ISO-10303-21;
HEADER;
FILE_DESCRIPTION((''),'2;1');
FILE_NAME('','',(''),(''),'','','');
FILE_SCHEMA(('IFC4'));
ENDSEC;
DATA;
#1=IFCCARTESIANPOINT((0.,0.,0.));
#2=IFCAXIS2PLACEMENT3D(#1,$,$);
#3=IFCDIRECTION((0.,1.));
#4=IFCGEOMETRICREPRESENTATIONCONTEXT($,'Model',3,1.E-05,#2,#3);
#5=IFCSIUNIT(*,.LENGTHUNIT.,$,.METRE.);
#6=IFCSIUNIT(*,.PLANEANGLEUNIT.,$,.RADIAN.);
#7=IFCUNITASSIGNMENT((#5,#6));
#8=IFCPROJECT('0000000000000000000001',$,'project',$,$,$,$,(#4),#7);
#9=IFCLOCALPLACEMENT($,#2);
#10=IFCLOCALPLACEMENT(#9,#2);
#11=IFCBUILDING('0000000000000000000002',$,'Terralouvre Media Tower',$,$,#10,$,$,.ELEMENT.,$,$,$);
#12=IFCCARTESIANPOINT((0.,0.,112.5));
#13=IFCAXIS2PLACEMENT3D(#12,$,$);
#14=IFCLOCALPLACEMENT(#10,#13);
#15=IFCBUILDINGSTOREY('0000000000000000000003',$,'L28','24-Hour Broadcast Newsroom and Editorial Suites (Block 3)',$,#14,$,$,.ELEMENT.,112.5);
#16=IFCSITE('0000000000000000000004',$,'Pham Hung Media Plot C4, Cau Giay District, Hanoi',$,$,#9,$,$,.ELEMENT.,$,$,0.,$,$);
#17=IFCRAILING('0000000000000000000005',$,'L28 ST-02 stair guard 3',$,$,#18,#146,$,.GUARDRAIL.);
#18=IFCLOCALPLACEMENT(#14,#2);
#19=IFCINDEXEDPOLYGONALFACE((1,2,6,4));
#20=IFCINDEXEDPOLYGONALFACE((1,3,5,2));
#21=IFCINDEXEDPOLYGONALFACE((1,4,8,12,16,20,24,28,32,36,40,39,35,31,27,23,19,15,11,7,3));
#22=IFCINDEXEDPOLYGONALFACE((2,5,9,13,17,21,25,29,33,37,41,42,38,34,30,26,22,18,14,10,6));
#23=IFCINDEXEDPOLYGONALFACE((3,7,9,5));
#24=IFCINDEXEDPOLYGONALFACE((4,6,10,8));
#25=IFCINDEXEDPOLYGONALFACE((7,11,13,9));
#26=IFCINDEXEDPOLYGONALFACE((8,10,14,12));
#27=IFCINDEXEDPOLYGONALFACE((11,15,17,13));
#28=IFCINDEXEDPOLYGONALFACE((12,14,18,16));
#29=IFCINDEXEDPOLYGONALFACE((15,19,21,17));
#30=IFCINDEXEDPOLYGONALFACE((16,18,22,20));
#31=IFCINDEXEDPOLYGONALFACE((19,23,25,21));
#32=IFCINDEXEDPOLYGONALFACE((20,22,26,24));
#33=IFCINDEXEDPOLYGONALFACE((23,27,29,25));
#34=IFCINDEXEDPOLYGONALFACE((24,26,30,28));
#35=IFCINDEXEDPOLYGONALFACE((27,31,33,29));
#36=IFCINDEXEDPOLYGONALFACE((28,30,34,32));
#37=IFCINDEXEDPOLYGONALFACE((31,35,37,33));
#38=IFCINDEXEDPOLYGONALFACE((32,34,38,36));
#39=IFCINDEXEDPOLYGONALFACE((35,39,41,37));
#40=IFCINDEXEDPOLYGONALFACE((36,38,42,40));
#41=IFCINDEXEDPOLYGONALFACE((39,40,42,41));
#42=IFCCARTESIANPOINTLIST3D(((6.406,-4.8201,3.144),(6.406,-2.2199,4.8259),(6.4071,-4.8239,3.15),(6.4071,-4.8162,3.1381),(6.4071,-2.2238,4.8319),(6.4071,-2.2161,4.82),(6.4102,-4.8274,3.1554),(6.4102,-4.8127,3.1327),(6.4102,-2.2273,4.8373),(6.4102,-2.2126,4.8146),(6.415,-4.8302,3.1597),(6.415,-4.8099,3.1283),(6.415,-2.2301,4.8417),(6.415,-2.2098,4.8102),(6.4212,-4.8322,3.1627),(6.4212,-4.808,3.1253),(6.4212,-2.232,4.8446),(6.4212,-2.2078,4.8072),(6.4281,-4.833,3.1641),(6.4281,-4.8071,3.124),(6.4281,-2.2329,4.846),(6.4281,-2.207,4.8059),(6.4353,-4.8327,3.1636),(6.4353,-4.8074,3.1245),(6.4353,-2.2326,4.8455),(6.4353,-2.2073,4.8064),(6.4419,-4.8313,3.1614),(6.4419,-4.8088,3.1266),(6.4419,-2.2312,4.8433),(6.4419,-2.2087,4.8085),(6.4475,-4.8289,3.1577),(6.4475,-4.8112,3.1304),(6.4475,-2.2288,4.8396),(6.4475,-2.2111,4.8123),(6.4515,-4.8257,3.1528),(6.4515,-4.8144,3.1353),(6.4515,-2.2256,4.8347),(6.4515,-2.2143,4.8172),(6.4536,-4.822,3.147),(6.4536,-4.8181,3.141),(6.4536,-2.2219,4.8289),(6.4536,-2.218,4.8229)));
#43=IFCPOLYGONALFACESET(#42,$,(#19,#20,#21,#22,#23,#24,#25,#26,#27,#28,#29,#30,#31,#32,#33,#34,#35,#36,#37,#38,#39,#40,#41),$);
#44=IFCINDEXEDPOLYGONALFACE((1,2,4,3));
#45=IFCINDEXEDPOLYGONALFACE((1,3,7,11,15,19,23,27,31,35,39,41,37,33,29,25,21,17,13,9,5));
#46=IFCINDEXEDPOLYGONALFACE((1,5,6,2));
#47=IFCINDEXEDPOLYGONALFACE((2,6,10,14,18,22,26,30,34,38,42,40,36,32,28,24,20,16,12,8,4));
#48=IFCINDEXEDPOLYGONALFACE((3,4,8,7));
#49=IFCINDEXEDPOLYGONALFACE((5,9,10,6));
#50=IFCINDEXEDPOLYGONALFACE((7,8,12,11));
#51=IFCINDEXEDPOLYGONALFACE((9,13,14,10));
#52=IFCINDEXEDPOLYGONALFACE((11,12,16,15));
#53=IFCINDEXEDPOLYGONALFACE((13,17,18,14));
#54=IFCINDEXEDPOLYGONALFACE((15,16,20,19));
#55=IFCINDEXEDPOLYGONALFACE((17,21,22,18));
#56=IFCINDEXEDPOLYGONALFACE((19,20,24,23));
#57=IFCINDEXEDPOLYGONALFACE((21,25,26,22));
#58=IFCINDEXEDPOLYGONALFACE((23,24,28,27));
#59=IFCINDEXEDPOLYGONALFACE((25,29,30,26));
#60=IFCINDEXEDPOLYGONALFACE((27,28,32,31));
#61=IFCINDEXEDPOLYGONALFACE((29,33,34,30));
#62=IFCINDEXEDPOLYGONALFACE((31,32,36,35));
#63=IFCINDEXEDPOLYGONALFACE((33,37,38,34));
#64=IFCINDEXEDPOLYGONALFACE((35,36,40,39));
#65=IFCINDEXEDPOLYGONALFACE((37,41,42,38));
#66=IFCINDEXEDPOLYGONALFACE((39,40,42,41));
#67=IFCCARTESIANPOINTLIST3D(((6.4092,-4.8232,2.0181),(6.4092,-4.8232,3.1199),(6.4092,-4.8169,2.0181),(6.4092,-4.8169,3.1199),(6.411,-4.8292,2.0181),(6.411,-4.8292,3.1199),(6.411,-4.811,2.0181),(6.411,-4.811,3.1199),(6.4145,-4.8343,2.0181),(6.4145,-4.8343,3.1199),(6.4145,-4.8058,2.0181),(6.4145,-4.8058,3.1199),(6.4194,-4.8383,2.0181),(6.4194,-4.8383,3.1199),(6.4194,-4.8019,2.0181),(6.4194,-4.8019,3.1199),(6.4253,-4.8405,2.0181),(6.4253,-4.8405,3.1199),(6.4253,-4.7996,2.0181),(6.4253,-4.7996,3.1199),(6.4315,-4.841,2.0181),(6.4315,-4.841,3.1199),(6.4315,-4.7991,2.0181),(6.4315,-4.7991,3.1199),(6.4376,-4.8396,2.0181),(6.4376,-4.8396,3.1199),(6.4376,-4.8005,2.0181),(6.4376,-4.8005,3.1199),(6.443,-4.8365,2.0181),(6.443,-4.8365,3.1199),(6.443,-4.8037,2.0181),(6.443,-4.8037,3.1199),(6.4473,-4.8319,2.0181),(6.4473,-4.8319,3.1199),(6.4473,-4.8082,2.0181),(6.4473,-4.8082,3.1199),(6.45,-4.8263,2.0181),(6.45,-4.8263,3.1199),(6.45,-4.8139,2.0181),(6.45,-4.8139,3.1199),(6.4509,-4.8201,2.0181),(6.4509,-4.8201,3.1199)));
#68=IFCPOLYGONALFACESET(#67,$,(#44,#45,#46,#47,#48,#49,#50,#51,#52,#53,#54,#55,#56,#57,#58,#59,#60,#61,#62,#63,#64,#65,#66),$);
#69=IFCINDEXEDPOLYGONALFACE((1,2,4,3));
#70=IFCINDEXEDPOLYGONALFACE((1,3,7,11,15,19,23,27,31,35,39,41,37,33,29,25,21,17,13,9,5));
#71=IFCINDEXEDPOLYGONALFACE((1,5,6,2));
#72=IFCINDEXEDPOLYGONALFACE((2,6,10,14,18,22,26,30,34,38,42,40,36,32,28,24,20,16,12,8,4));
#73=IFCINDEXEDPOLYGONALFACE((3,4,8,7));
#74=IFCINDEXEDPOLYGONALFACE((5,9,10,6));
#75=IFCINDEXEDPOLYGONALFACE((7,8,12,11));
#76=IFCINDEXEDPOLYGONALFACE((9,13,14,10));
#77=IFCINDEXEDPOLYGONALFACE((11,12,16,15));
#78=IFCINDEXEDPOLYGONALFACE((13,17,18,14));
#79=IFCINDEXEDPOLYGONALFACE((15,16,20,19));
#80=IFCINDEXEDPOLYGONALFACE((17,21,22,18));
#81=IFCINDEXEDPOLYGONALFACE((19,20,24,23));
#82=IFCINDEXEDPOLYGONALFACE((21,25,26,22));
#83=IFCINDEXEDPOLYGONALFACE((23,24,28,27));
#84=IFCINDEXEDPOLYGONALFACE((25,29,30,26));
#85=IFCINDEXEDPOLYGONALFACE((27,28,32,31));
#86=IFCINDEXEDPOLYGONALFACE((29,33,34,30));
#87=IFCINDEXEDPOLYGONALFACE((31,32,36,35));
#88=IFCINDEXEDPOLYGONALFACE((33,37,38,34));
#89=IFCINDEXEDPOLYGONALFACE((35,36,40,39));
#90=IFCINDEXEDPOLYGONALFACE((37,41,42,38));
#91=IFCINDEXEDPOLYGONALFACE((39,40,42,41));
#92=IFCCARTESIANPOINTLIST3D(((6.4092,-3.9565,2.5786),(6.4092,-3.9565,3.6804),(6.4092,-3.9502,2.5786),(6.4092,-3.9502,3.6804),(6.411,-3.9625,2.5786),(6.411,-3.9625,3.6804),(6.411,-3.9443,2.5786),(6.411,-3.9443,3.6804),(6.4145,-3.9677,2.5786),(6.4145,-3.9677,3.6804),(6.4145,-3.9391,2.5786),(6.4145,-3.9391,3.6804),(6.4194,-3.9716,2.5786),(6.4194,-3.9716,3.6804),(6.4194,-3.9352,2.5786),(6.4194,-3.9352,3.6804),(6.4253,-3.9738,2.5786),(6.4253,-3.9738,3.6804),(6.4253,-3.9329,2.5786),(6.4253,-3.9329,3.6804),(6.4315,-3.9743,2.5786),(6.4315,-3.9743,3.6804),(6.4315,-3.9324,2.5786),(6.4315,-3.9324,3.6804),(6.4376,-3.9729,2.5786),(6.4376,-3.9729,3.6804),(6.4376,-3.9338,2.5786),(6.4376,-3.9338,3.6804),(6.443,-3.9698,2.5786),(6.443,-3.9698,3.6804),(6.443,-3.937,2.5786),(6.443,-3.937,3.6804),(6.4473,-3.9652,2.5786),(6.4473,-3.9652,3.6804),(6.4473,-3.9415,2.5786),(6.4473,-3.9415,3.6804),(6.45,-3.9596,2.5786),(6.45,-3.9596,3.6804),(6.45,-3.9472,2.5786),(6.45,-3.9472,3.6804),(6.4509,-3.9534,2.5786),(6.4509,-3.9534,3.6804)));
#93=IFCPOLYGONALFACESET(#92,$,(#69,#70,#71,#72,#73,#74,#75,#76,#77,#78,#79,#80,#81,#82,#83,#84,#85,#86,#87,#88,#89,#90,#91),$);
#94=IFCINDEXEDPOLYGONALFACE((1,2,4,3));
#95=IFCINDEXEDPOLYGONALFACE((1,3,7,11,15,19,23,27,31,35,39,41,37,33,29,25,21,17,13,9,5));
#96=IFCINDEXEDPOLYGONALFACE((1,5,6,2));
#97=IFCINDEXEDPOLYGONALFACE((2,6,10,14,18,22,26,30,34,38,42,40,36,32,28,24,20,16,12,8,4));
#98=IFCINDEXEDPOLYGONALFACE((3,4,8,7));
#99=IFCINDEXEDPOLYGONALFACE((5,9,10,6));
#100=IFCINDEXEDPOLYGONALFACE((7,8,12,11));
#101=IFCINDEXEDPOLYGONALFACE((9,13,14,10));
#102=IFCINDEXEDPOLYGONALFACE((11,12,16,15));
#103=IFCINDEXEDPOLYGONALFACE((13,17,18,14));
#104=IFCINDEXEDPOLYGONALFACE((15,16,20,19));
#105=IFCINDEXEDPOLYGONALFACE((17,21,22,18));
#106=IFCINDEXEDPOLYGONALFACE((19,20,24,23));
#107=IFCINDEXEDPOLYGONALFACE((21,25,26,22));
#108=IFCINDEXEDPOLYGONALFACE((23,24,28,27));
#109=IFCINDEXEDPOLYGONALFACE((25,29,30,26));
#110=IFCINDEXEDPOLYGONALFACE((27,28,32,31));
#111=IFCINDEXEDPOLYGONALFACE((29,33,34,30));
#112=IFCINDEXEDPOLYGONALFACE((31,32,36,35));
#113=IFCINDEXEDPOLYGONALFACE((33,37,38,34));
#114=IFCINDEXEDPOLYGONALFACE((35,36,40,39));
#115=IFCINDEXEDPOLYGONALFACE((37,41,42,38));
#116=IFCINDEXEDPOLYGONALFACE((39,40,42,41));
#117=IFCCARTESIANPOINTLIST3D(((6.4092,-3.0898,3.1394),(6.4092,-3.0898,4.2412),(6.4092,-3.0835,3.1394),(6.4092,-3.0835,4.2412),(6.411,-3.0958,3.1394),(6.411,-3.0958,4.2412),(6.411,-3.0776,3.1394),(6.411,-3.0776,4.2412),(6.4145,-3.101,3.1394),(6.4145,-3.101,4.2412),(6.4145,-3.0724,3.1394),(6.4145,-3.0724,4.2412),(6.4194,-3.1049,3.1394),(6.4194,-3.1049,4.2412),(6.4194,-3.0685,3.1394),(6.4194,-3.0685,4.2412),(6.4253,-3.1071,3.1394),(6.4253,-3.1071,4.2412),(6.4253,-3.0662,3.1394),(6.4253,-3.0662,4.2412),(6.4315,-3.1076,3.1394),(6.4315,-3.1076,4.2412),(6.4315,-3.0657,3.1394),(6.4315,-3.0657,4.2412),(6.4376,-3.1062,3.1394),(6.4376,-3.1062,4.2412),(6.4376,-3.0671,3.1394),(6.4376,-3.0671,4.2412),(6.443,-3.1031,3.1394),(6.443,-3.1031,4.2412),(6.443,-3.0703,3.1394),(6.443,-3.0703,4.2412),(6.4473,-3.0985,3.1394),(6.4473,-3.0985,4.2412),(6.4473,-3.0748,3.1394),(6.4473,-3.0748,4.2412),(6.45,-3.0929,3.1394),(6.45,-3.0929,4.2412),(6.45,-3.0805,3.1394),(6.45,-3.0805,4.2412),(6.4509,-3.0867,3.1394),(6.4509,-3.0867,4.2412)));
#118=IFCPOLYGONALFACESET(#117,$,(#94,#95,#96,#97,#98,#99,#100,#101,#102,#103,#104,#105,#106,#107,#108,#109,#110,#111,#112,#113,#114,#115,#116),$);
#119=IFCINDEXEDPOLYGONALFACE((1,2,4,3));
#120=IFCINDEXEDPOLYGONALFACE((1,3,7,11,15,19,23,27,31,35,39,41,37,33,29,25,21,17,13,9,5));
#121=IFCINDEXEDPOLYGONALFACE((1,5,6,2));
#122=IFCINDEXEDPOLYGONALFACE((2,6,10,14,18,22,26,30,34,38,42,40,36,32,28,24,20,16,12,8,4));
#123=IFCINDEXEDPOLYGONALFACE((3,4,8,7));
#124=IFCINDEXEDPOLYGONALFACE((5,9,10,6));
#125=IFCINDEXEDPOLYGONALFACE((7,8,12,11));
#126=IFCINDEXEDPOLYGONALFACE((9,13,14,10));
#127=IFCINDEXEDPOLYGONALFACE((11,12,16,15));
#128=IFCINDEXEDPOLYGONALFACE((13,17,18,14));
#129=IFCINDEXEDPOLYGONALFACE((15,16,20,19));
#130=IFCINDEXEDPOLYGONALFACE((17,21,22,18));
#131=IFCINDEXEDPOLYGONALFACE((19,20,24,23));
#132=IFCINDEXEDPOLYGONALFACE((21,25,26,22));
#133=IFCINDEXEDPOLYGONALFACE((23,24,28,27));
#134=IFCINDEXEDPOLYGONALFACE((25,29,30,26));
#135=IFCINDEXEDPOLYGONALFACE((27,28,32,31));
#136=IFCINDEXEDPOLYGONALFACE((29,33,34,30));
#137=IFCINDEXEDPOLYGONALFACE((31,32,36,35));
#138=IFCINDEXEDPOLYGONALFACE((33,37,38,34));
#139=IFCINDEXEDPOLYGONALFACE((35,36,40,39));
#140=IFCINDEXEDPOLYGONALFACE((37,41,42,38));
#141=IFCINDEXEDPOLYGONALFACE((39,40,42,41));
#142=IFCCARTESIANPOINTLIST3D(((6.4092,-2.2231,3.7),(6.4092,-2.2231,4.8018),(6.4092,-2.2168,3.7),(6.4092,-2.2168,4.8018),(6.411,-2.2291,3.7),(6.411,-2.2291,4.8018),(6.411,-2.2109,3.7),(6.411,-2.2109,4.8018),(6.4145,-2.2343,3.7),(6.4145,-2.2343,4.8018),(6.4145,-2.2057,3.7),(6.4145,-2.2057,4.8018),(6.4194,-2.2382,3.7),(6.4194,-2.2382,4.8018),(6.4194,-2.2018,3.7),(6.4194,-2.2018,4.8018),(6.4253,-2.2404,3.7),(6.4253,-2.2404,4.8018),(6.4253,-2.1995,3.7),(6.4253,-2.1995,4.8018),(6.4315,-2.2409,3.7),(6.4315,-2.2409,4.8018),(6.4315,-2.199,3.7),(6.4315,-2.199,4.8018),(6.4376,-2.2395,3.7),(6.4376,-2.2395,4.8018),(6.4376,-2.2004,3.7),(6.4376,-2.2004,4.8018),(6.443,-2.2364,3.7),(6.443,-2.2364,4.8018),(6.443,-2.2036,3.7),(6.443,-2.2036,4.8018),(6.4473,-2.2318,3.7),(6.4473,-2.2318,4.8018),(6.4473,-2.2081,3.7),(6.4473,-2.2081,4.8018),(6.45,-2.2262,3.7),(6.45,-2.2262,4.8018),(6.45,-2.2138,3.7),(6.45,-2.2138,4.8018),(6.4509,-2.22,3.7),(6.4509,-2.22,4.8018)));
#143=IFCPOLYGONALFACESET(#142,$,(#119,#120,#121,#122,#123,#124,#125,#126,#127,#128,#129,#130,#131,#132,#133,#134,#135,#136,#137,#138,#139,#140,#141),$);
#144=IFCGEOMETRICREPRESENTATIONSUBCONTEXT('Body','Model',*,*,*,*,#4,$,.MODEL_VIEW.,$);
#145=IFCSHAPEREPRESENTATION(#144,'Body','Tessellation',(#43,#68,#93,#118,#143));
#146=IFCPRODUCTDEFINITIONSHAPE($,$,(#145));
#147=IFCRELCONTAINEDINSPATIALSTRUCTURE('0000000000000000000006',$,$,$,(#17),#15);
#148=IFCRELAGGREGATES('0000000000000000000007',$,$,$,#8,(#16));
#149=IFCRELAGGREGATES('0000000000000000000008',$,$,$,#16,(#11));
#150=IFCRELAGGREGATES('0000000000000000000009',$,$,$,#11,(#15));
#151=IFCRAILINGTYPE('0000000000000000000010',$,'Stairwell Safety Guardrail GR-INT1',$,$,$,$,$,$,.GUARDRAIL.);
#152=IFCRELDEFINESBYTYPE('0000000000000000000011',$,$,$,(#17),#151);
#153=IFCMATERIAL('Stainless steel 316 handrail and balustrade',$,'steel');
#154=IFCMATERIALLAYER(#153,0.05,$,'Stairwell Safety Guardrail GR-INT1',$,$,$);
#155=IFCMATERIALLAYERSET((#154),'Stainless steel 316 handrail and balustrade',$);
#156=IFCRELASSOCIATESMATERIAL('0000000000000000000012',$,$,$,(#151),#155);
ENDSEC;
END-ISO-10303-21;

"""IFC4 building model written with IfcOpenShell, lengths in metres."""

from ifc_helpers import new_model, si_unit, direction, frame, origin, origin_2d, place, context, subcontext, project, spatial, circle, extrude, material, layer, layer_set, type_object, element, save


model = new_model("IFC4")

# Units and contexts
model_context = context("Model", 3, precision=1e-05, world=origin(), true_north=direction((0.0, 1.0)))
body_context = subcontext(model_context, "Body", "Model", "MODEL_VIEW")
ifc_project = project(units=[si_unit("LENGTHUNIT", "METRE"), si_unit("PLANEANGLEUNIT", "RADIAN")], contexts=[model_context])

# Site, building, storey
site_placement = place(None, origin())
site = spatial("IfcSite", under=ifc_project, at=site_placement, Name="Pham Hung Media Plot C4, Cau Giay District, Hanoi", CompositionType="ELEMENT", RefElevation=0.0)
building_placement = place(site_placement, origin())
building = spatial("IfcBuilding", under=site, at=building_placement, Name="Terralouvre Media Tower", CompositionType="ELEMENT")
storey_placement = place(building_placement, frame((0.0, 0.0, 112.5)))
storey = spatial("IfcBuildingStorey", under=building, at=storey_placement, Name="L28", Description="24-Hour Broadcast Newsroom and Editorial Suites (Block 3)", CompositionType="ELEMENT", Elevation=112.5)

# Railing
ifc_material_1 = material(Name="Stainless steel 316 handrail and balustrade", Category="steel")
ifc_layer_1 = layer(ifc_material_1, 0.05, Name="Stairwell Safety Guardrail GR-INT1")
ifc_layer_set_1 = layer_set([ifc_layer_1], Name="Stainless steel 316 handrail and balustrade")
railing_type_1 = type_object("IfcRailingType", Name="Stairwell Safety Guardrail GR-INT1", PredefinedType="GUARDRAIL", material=ifc_layer_set_1)
railing_1_placement = place(storey_placement, frame((6.4299, -4.8201, 2.0181)))
element("IfcRailing", 1, at=railing_1_placement, inside=storey, type_object=railing_type_1, Name="L28 ST-02 stair guard 3", PredefinedType="GUARDRAIL", context=body_context, shape_type="SweptSolid", body=[
    extrude(circle(Radius=0.0239, at=origin_2d()), frame((0.0, 0.0, 1.126), z_axis=(0.0, 0.839648, 0.54313), x_axis=(-1.0, 0.0, 0.0)), (0.0, 0.0, 1.0), 3.0967),
    extrude(circle(Radius=0.021, at=origin_2d()), origin(), (0.0, 0.0, 1.0), 1.1018),
    extrude(circle(Radius=0.021, at=origin_2d()), frame((0.0, 0.8667, 0.5605)), (0.0, 0.0, 1.0), 1.1018),
    extrude(circle(Radius=0.021, at=origin_2d()), frame((0.0, 1.7334, 1.1213)), (0.0, 0.0, 1.0), 1.1018),
    extrude(circle(Radius=0.021, at=origin_2d()), frame((0.0, 2.6001, 1.6819)), (0.0, 0.0, 1.0), 1.1018),
])

save(model, "model.ifc")
